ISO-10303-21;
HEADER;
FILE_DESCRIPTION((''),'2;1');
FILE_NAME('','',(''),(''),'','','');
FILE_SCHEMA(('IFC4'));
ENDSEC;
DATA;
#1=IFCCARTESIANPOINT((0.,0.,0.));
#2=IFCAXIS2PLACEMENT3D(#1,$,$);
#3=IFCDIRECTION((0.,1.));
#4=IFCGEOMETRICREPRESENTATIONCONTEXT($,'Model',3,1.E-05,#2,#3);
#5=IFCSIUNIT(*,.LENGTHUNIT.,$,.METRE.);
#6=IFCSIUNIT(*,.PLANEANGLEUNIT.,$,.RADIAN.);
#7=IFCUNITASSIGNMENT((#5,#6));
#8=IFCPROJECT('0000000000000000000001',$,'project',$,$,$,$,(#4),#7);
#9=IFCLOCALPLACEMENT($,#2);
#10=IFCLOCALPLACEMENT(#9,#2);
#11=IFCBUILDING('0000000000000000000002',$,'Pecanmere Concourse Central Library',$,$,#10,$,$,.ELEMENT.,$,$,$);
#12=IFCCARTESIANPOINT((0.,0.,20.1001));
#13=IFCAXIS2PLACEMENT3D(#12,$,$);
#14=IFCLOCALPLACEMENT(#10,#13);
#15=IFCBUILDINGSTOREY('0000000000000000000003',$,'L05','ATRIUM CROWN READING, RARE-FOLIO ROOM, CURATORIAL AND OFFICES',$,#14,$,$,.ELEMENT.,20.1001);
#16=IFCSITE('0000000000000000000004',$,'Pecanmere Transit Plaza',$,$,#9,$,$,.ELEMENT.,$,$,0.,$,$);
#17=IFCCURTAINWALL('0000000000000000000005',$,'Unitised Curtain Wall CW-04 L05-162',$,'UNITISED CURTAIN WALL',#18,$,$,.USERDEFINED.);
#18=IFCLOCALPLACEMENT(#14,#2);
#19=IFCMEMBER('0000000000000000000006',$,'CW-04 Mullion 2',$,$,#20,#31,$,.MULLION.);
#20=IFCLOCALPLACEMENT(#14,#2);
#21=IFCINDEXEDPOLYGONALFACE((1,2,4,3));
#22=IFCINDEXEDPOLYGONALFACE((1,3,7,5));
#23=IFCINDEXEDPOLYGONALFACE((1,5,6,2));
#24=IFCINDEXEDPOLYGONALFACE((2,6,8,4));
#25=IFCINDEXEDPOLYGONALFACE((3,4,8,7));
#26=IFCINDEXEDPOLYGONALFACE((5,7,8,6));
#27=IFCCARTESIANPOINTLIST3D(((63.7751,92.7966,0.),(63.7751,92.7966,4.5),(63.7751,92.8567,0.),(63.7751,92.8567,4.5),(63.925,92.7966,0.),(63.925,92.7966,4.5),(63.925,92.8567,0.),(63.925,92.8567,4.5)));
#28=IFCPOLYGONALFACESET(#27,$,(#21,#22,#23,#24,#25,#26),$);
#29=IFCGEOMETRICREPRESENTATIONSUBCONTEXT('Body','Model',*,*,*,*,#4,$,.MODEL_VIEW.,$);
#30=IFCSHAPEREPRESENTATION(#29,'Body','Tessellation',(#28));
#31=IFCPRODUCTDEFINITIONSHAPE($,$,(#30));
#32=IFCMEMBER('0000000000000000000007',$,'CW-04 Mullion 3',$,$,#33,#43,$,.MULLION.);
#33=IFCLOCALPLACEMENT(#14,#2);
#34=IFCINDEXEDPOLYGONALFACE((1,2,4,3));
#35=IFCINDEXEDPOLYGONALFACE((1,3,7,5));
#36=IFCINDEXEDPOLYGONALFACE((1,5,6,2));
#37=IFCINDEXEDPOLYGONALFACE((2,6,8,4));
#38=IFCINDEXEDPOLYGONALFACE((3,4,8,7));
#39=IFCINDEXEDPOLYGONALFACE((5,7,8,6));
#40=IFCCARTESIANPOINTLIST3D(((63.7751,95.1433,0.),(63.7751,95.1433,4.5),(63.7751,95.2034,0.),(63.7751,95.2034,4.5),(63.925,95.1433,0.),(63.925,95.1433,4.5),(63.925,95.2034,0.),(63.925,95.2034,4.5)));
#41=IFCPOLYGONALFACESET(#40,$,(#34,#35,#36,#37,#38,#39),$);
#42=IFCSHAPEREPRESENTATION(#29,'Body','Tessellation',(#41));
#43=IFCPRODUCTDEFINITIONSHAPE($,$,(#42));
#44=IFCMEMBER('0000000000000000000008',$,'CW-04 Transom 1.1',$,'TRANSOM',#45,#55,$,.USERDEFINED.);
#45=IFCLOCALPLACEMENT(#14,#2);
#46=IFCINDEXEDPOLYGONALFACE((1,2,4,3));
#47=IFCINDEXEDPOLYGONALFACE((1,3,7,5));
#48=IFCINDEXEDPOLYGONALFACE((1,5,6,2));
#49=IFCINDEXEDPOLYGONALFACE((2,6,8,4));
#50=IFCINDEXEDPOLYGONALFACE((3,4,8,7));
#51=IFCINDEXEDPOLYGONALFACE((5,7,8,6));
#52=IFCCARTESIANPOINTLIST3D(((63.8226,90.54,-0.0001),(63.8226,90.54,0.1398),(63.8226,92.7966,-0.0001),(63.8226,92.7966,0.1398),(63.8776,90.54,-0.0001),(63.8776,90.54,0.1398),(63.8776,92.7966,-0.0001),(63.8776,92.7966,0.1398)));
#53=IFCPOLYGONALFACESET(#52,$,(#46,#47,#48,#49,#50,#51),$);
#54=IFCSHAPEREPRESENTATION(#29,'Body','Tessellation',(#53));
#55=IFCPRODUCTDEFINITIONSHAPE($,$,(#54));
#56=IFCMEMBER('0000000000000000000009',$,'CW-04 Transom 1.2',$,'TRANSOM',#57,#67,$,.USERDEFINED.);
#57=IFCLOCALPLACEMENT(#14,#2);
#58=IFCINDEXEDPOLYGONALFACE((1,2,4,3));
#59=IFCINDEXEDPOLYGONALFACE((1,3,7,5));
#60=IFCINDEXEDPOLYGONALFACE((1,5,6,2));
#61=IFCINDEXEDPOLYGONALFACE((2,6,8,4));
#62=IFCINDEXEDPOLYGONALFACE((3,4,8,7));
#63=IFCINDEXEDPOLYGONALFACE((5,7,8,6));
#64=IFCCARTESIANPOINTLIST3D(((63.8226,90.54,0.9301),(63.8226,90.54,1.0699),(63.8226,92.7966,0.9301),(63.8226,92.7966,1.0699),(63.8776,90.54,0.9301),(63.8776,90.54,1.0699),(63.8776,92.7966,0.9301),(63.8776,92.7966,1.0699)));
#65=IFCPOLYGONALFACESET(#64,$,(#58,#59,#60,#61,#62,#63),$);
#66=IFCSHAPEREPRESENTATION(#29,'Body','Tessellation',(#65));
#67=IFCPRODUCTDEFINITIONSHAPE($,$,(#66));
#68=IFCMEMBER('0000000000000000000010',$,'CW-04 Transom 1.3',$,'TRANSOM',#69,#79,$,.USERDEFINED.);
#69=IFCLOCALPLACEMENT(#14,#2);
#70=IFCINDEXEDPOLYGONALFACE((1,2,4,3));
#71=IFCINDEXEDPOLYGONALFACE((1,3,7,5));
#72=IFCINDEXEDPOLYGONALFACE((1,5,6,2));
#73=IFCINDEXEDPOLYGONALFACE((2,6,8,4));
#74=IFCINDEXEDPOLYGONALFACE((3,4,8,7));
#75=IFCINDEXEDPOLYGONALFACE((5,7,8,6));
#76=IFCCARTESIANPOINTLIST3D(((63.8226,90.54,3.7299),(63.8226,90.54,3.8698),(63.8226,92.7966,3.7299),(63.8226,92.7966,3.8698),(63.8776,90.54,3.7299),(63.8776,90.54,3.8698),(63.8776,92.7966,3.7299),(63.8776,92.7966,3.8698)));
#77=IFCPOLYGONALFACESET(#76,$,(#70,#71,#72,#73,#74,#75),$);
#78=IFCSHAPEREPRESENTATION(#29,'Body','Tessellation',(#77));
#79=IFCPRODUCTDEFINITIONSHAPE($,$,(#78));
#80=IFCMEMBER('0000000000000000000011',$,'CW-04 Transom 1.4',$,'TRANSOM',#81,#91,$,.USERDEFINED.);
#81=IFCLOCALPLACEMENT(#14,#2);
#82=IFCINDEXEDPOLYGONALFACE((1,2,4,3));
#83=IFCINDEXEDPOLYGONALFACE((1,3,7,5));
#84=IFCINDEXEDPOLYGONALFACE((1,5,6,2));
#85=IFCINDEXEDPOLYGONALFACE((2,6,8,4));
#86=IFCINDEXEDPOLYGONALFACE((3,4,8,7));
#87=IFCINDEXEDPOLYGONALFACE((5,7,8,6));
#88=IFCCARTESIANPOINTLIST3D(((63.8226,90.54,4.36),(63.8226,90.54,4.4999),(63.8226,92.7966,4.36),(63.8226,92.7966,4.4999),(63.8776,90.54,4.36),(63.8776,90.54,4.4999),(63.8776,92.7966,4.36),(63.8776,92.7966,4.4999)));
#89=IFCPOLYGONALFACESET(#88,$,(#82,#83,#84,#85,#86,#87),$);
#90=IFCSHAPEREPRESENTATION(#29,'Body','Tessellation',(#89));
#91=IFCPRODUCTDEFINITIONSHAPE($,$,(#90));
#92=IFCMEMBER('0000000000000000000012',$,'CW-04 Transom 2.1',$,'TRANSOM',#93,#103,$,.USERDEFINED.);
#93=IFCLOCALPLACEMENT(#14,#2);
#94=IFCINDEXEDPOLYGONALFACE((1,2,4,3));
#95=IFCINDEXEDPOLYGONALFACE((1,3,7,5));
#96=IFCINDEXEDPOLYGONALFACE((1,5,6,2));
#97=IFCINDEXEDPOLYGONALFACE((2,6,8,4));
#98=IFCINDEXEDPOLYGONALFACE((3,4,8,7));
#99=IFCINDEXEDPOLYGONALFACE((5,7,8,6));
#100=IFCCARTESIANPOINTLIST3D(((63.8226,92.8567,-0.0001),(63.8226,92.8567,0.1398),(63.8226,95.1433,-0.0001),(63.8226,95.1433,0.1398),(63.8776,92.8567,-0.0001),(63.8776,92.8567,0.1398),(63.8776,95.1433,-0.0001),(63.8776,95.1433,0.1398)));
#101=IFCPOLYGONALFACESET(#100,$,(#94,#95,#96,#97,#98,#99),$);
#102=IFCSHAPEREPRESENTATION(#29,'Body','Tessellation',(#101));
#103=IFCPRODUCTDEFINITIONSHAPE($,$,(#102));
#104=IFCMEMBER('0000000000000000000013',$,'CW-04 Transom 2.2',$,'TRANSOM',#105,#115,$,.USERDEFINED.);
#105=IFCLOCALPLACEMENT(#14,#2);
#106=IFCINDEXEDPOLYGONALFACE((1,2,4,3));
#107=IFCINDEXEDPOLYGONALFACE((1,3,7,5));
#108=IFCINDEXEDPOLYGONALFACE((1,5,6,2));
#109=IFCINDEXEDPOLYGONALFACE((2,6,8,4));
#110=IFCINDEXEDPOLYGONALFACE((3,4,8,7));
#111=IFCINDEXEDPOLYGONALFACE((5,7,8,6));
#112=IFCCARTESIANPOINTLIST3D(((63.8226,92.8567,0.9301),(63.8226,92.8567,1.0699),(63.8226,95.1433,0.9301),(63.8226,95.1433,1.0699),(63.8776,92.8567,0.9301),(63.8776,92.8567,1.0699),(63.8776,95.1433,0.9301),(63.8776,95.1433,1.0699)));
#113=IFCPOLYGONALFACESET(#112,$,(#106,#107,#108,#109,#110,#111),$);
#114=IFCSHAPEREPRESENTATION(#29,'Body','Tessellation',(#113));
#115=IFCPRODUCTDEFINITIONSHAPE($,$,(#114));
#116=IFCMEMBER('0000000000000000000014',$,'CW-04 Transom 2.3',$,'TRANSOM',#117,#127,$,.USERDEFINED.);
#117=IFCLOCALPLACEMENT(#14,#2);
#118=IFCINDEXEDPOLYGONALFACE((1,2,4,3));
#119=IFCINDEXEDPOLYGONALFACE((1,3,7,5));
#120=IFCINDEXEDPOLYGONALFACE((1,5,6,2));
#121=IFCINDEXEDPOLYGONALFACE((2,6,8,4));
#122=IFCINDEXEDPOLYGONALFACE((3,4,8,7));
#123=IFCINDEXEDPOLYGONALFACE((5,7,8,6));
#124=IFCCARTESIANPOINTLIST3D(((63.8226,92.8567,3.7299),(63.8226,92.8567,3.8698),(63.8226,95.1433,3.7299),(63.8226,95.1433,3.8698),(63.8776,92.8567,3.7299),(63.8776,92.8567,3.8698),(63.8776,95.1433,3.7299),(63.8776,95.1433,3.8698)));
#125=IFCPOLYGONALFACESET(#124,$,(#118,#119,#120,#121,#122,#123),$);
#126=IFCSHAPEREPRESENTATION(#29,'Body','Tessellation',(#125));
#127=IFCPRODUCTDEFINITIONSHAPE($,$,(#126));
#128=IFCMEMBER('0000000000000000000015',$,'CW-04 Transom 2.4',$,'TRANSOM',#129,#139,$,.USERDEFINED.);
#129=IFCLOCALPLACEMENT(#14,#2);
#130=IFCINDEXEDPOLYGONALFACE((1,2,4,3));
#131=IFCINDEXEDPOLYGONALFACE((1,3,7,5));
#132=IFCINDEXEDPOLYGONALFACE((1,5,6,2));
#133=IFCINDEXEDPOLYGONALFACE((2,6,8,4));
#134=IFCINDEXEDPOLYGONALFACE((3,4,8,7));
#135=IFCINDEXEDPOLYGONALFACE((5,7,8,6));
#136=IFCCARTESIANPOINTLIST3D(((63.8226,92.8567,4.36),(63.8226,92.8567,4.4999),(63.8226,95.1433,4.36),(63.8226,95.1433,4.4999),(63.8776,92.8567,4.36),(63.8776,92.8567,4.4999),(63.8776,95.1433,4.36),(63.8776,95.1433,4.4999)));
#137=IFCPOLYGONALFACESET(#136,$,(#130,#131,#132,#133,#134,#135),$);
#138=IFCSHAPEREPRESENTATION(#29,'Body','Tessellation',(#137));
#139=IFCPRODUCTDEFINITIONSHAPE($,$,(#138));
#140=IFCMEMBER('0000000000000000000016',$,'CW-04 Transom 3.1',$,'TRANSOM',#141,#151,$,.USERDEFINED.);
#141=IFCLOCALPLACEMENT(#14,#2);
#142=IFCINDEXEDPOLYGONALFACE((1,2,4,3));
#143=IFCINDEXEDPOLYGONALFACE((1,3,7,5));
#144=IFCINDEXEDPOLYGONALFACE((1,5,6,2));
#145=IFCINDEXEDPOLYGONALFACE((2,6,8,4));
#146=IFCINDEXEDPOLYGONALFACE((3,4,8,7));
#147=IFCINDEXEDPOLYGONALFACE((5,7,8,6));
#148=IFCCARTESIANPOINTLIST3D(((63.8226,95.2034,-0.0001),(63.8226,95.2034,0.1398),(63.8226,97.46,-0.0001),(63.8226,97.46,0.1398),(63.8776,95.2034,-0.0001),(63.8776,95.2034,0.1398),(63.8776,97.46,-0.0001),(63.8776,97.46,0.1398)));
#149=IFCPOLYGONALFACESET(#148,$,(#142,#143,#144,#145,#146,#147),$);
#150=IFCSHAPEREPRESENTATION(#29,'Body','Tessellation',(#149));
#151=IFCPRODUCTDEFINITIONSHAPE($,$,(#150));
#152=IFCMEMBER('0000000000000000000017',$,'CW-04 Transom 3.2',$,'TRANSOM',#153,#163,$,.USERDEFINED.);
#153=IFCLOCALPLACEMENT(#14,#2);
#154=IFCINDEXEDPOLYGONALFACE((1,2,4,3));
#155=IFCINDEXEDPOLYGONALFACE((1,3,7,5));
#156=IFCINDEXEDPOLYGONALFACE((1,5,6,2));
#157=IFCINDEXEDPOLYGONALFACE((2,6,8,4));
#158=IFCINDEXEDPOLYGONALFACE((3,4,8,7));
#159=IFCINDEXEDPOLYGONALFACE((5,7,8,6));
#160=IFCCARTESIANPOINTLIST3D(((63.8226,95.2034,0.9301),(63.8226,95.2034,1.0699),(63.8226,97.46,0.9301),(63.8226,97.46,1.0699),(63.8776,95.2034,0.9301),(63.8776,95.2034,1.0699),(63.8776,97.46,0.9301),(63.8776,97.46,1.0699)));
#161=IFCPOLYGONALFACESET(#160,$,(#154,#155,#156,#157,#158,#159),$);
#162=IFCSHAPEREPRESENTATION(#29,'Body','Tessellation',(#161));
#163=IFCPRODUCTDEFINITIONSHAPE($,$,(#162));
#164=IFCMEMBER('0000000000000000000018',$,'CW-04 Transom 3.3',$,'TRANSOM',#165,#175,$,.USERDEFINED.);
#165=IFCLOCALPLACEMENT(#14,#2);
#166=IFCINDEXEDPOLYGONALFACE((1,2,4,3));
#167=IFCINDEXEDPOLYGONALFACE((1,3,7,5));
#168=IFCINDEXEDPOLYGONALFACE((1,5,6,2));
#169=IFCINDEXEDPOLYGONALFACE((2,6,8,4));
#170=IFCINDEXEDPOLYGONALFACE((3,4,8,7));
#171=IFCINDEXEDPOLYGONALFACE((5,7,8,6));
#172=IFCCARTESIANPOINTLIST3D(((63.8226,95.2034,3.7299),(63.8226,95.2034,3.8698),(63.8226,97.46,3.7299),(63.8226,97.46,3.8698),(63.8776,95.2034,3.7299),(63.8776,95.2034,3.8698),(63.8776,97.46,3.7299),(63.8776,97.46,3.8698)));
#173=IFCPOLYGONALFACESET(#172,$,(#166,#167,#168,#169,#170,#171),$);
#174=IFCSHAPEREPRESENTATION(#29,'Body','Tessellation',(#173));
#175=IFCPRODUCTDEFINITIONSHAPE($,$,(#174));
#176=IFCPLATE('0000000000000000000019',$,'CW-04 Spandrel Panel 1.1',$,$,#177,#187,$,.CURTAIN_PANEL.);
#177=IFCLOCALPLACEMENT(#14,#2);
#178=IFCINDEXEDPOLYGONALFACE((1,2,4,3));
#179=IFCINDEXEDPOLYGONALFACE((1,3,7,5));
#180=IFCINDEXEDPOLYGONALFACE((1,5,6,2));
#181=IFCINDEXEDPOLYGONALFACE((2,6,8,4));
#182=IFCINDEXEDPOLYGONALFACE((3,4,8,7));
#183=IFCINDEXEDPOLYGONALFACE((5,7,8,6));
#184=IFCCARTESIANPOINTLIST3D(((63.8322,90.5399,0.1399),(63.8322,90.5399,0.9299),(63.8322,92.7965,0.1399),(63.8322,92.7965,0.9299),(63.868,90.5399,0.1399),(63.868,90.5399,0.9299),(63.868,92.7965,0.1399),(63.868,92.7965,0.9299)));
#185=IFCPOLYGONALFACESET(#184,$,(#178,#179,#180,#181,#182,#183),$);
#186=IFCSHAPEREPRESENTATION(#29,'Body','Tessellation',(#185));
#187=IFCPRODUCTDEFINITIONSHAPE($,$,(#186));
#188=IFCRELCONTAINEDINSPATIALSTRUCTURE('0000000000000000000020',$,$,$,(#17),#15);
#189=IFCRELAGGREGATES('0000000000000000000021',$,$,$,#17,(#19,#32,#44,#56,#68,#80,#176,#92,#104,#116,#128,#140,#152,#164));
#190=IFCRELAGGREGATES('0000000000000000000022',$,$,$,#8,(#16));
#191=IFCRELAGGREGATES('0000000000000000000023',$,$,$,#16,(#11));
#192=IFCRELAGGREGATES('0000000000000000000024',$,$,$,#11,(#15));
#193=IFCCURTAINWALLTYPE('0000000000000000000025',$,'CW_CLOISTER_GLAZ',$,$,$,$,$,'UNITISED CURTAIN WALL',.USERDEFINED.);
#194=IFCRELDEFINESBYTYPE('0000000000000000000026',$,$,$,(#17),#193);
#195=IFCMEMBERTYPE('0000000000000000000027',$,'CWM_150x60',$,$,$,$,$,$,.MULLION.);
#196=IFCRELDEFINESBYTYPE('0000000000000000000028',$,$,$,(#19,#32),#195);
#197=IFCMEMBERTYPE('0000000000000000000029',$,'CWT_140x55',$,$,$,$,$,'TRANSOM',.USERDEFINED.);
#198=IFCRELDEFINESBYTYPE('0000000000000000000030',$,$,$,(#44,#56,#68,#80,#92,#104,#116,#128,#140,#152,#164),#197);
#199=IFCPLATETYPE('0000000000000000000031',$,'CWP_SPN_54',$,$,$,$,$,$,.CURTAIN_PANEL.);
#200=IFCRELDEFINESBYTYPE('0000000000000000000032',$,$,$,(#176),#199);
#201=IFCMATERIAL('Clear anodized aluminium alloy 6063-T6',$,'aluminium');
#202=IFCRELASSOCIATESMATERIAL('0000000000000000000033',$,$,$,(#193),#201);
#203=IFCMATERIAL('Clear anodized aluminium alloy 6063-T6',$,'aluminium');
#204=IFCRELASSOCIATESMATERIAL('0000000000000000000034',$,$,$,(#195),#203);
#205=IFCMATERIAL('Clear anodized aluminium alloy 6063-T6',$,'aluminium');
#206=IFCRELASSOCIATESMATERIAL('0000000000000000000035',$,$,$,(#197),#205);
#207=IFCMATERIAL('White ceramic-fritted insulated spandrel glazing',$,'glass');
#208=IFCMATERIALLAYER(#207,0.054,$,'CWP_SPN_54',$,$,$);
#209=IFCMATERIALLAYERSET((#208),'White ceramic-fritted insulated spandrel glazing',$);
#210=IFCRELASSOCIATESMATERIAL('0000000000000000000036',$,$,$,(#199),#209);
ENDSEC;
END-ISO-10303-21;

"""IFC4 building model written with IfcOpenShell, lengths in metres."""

from ifc_helpers import new_model, si_unit, direction, frame, origin, origin_2d, place, context, subcontext, project, spatial, rectangle, extrude, material, layer, layer_set, material_profile, profile_set, type_object, element, aggregate, save


model = new_model("IFC4")

# Units and contexts
model_context = context("Model", 3, precision=1e-05, world=origin(), true_north=direction((0.0, 1.0)))
body_context = subcontext(model_context, "Body", "Model", "MODEL_VIEW")
ifc_project = project(units=[si_unit("LENGTHUNIT", "METRE"), si_unit("PLANEANGLEUNIT", "RADIAN")], contexts=[model_context])

# Site, building, storey
site_placement = place(None, origin())
site = spatial("IfcSite", under=ifc_project, at=site_placement, Name="Pecanmere Transit Plaza", CompositionType="ELEMENT", RefElevation=0.0)
building_placement = place(site_placement, origin())
building = spatial("IfcBuilding", under=site, at=building_placement, Name="Pecanmere Concourse Central Library", CompositionType="ELEMENT")
storey_placement = place(building_placement, frame((0.0, 0.0, 20.1001)))
storey = spatial("IfcBuildingStorey", under=building, at=storey_placement, Name="L05", Description="ATRIUM CROWN READING, RARE-FOLIO ROOM, CURATORIAL AND OFFICES", CompositionType="ELEMENT", Elevation=20.1001)

# Curtain wall, members, plate
ifc_material_1 = material(Name="Clear anodized aluminium alloy 6063-T6", Category="aluminium")
curtain_wall_type = type_object("IfcCurtainWallType", Name="CW_CLOISTER_GLAZ", ElementType="UNITISED CURTAIN WALL", PredefinedType="USERDEFINED", material=ifc_material_1)
curtain_wall_placement = place(storey_placement, origin())
curtain_wall = element("IfcCurtainWall", 1, at=curtain_wall_placement, inside=storey, type_object=curtain_wall_type, Name="Unitised Curtain Wall CW-04 L05-162", ObjectType="UNITISED CURTAIN WALL", PredefinedType="USERDEFINED")
ifc_material_2 = material(Name="Clear anodized aluminium alloy 6063-T6", Category="aluminium")
ifc_material_profile_1 = material_profile(ifc_material_2, rectangle(XDim=0.0601, YDim=0.1499, at=origin_2d()), Name="AL 60x150")
ifc_profile_set_1 = profile_set([ifc_material_profile_1], Name="Clear anodized aluminium alloy 6063-T6")
member_type_1 = type_object("IfcMemberType", Name="CWM_150x60", PredefinedType="MULLION", material=ifc_profile_set_1)
member_1_placement = place(storey_placement, frame((63.8501, 92.8267, 0.0), z_axis=(0.0, 0.0, 1.0), x_axis=(0.0, 1.0, 0.0)))
member_1 = element("IfcMember", 2, at=member_1_placement, type_object=member_type_1, Name="CW-04 Mullion 2", PredefinedType="MULLION", context=body_context, shape_type="SweptSolid", body=[
    extrude(rectangle(XDim=0.0601, YDim=0.1499, at=origin_2d()), origin(), (0.0, 0.0, 1.0), 4.5),
])
member_2_placement = place(storey_placement, frame((63.8501, 95.1733, 0.0), z_axis=(0.0, 0.0, 1.0), x_axis=(0.0, 1.0, 0.0)))
member_2 = element("IfcMember", 3, at=member_2_placement, type_object=member_type_1, Name="CW-04 Mullion 3", PredefinedType="MULLION", context=body_context, shape_type="SweptSolid", body=[
    extrude(rectangle(XDim=0.0601, YDim=0.1499, at=origin_2d()), origin(), (0.0, 0.0, 1.0), 4.5),
])
ifc_material_3 = material(Name="Clear anodized aluminium alloy 6063-T6", Category="aluminium")
ifc_material_profile_2 = material_profile(ifc_material_3, rectangle(XDim=0.0549, YDim=0.1399, at=origin_2d()), Name="AL 55x140")
ifc_profile_set_2 = profile_set([ifc_material_profile_2], Name="Clear anodized aluminium alloy 6063-T6")
member_type_2 = type_object("IfcMemberType", Name="CWT_140x55", ElementType="TRANSOM", PredefinedType="USERDEFINED", material=ifc_profile_set_2)
member_3_placement = place(storey_placement, frame((63.8501, 90.54, 0.0698), z_axis=(0.0, 1.0, 0.0), x_axis=(-1.0, 0.0, 0.0)))
member_3 = element("IfcMember", 4, at=member_3_placement, type_object=member_type_2, Name="CW-04 Transom 1.1", ObjectType="TRANSOM", PredefinedType="USERDEFINED", context=body_context, shape_type="SweptSolid", body=[
    extrude(rectangle(XDim=0.0549, YDim=0.1399, at=origin_2d()), origin(), (0.0, 0.0, 1.0), 2.2566),
])
member_4_placement = place(storey_placement, frame((63.8501, 90.54, 1.0), z_axis=(0.0, 1.0, 0.0), x_axis=(-1.0, 0.0, 0.0)))
member_4 = element("IfcMember", 5, at=member_4_placement, type_object=member_type_2, Name="CW-04 Transom 1.2", ObjectType="TRANSOM", PredefinedType="USERDEFINED", context=body_context, shape_type="SweptSolid", body=[
    extrude(rectangle(XDim=0.0549, YDim=0.1399, at=origin_2d()), origin(), (0.0, 0.0, 1.0), 2.2566),
])
member_5_placement = place(storey_placement, frame((63.8501, 90.54, 3.7998), z_axis=(0.0, 1.0, 0.0), x_axis=(-1.0, 0.0, 0.0)))
member_5 = element("IfcMember", 6, at=member_5_placement, type_object=member_type_2, Name="CW-04 Transom 1.3", ObjectType="TRANSOM", PredefinedType="USERDEFINED", context=body_context, shape_type="SweptSolid", body=[
    extrude(rectangle(XDim=0.0549, YDim=0.1399, at=origin_2d()), origin(), (0.0, 0.0, 1.0), 2.2566),
])
member_6_placement = place(storey_placement, frame((63.8501, 90.54, 4.4299), z_axis=(0.0, 1.0, 0.0), x_axis=(-1.0, 0.0, 0.0)))
member_6 = element("IfcMember", 7, at=member_6_placement, type_object=member_type_2, Name="CW-04 Transom 1.4", ObjectType="TRANSOM", PredefinedType="USERDEFINED", context=body_context, shape_type="SweptSolid", body=[
    extrude(rectangle(XDim=0.0549, YDim=0.1399, at=origin_2d()), origin(), (0.0, 0.0, 1.0), 2.2566),
])
member_7_placement = place(storey_placement, frame((63.8501, 92.8567, 0.0698), z_axis=(0.0, 1.0, 0.0), x_axis=(-1.0, 0.0, 0.0)))
member_7 = element("IfcMember", 8, at=member_7_placement, type_object=member_type_2, Name="CW-04 Transom 2.1", ObjectType="TRANSOM", PredefinedType="USERDEFINED", context=body_context, shape_type="SweptSolid", body=[
    extrude(rectangle(XDim=0.0549, YDim=0.1399, at=origin_2d()), origin(), (0.0, 0.0, 1.0), 2.2866),
])
member_8_placement = place(storey_placement, frame((63.8501, 92.8567, 1.0), z_axis=(0.0, 1.0, 0.0), x_axis=(-1.0, 0.0, 0.0)))
member_8 = element("IfcMember", 9, at=member_8_placement, type_object=member_type_2, Name="CW-04 Transom 2.2", ObjectType="TRANSOM", PredefinedType="USERDEFINED", context=body_context, shape_type="SweptSolid", body=[
    extrude(rectangle(XDim=0.0549, YDim=0.1399, at=origin_2d()), origin(), (0.0, 0.0, 1.0), 2.2866),
])
member_9_placement = place(storey_placement, frame((63.8501, 92.8567, 3.7998), z_axis=(0.0, 1.0, 0.0), x_axis=(-1.0, 0.0, 0.0)))
member_9 = element("IfcMember", 10, at=member_9_placement, type_object=member_type_2, Name="CW-04 Transom 2.3", ObjectType="TRANSOM", PredefinedType="USERDEFINED", context=body_context, shape_type="SweptSolid", body=[
    extrude(rectangle(XDim=0.0549, YDim=0.1399, at=origin_2d()), origin(), (0.0, 0.0, 1.0), 2.2866),
])
member_10_placement = place(storey_placement, frame((63.8501, 92.8567, 4.4299), z_axis=(0.0, 1.0, 0.0), x_axis=(-1.0, 0.0, 0.0)))
member_10 = element("IfcMember", 11, at=member_10_placement, type_object=member_type_2, Name="CW-04 Transom 2.4", ObjectType="TRANSOM", PredefinedType="USERDEFINED", context=body_context, shape_type="SweptSolid", body=[
    extrude(rectangle(XDim=0.0549, YDim=0.1399, at=origin_2d()), origin(), (0.0, 0.0, 1.0), 2.2866),
])
member_11_placement = place(storey_placement, frame((63.8501, 95.2034, 0.0698), z_axis=(0.0, 1.0, 0.0), x_axis=(-1.0, 0.0, 0.0)))
member_11 = element("IfcMember", 12, at=member_11_placement, type_object=member_type_2, Name="CW-04 Transom 3.1", ObjectType="TRANSOM", PredefinedType="USERDEFINED", context=body_context, shape_type="SweptSolid", body=[
    extrude(rectangle(XDim=0.0549, YDim=0.1399, at=origin_2d()), origin(), (0.0, 0.0, 1.0), 2.2566),
])
member_12_placement = place(storey_placement, frame((63.8501, 95.2034, 1.0), z_axis=(0.0, 1.0, 0.0), x_axis=(-1.0, 0.0, 0.0)))
member_12 = element("IfcMember", 13, at=member_12_placement, type_object=member_type_2, Name="CW-04 Transom 3.2", ObjectType="TRANSOM", PredefinedType="USERDEFINED", context=body_context, shape_type="SweptSolid", body=[
    extrude(rectangle(XDim=0.0549, YDim=0.1399, at=origin_2d()), origin(), (0.0, 0.0, 1.0), 2.2566),
])
member_13_placement = place(storey_placement, frame((63.8501, 95.2034, 3.7998), z_axis=(0.0, 1.0, 0.0), x_axis=(-1.0, 0.0, 0.0)))
member_13 = element("IfcMember", 14, at=member_13_placement, type_object=member_type_2, Name="CW-04 Transom 3.3", ObjectType="TRANSOM", PredefinedType="USERDEFINED", context=body_context, shape_type="SweptSolid", body=[
    extrude(rectangle(XDim=0.0549, YDim=0.1399, at=origin_2d()), origin(), (0.0, 0.0, 1.0), 2.2566),
])
ifc_material_4 = material(Name="White ceramic-fritted insulated spandrel glazing", Category="glass")
ifc_layer_1 = layer(ifc_material_4, 0.054, Name="CWP_SPN_54")
ifc_layer_set_1 = layer_set([ifc_layer_1], Name="White ceramic-fritted insulated spandrel glazing")
plate_type_1 = type_object("IfcPlateType", Name="CWP_SPN_54", PredefinedType="CURTAIN_PANEL", material=ifc_layer_set_1)
plate_1_placement = place(storey_placement, frame((63.8501, 91.6682, 0.1399), z_axis=(0.0, 0.0, 1.0), x_axis=(0.0, 1.0, 0.0)))
plate_1 = element("IfcPlate", 15, at=plate_1_placement, type_object=plate_type_1, Name="CW-04 Spandrel Panel 1.1", PredefinedType="CURTAIN_PANEL", context=body_context, shape_type="SweptSolid", body=[
    extrude(rectangle(XDim=2.2566, YDim=0.0359, at=origin_2d()), origin(), (0.0, 0.0, 1.0), 0.79),
])
aggregate(curtain_wall, [member_1, member_2, member_3, member_4, member_5, member_6, plate_1, member_7, member_8, member_9, member_10, member_11, member_12, member_13])

save(model, "model.ifc")
